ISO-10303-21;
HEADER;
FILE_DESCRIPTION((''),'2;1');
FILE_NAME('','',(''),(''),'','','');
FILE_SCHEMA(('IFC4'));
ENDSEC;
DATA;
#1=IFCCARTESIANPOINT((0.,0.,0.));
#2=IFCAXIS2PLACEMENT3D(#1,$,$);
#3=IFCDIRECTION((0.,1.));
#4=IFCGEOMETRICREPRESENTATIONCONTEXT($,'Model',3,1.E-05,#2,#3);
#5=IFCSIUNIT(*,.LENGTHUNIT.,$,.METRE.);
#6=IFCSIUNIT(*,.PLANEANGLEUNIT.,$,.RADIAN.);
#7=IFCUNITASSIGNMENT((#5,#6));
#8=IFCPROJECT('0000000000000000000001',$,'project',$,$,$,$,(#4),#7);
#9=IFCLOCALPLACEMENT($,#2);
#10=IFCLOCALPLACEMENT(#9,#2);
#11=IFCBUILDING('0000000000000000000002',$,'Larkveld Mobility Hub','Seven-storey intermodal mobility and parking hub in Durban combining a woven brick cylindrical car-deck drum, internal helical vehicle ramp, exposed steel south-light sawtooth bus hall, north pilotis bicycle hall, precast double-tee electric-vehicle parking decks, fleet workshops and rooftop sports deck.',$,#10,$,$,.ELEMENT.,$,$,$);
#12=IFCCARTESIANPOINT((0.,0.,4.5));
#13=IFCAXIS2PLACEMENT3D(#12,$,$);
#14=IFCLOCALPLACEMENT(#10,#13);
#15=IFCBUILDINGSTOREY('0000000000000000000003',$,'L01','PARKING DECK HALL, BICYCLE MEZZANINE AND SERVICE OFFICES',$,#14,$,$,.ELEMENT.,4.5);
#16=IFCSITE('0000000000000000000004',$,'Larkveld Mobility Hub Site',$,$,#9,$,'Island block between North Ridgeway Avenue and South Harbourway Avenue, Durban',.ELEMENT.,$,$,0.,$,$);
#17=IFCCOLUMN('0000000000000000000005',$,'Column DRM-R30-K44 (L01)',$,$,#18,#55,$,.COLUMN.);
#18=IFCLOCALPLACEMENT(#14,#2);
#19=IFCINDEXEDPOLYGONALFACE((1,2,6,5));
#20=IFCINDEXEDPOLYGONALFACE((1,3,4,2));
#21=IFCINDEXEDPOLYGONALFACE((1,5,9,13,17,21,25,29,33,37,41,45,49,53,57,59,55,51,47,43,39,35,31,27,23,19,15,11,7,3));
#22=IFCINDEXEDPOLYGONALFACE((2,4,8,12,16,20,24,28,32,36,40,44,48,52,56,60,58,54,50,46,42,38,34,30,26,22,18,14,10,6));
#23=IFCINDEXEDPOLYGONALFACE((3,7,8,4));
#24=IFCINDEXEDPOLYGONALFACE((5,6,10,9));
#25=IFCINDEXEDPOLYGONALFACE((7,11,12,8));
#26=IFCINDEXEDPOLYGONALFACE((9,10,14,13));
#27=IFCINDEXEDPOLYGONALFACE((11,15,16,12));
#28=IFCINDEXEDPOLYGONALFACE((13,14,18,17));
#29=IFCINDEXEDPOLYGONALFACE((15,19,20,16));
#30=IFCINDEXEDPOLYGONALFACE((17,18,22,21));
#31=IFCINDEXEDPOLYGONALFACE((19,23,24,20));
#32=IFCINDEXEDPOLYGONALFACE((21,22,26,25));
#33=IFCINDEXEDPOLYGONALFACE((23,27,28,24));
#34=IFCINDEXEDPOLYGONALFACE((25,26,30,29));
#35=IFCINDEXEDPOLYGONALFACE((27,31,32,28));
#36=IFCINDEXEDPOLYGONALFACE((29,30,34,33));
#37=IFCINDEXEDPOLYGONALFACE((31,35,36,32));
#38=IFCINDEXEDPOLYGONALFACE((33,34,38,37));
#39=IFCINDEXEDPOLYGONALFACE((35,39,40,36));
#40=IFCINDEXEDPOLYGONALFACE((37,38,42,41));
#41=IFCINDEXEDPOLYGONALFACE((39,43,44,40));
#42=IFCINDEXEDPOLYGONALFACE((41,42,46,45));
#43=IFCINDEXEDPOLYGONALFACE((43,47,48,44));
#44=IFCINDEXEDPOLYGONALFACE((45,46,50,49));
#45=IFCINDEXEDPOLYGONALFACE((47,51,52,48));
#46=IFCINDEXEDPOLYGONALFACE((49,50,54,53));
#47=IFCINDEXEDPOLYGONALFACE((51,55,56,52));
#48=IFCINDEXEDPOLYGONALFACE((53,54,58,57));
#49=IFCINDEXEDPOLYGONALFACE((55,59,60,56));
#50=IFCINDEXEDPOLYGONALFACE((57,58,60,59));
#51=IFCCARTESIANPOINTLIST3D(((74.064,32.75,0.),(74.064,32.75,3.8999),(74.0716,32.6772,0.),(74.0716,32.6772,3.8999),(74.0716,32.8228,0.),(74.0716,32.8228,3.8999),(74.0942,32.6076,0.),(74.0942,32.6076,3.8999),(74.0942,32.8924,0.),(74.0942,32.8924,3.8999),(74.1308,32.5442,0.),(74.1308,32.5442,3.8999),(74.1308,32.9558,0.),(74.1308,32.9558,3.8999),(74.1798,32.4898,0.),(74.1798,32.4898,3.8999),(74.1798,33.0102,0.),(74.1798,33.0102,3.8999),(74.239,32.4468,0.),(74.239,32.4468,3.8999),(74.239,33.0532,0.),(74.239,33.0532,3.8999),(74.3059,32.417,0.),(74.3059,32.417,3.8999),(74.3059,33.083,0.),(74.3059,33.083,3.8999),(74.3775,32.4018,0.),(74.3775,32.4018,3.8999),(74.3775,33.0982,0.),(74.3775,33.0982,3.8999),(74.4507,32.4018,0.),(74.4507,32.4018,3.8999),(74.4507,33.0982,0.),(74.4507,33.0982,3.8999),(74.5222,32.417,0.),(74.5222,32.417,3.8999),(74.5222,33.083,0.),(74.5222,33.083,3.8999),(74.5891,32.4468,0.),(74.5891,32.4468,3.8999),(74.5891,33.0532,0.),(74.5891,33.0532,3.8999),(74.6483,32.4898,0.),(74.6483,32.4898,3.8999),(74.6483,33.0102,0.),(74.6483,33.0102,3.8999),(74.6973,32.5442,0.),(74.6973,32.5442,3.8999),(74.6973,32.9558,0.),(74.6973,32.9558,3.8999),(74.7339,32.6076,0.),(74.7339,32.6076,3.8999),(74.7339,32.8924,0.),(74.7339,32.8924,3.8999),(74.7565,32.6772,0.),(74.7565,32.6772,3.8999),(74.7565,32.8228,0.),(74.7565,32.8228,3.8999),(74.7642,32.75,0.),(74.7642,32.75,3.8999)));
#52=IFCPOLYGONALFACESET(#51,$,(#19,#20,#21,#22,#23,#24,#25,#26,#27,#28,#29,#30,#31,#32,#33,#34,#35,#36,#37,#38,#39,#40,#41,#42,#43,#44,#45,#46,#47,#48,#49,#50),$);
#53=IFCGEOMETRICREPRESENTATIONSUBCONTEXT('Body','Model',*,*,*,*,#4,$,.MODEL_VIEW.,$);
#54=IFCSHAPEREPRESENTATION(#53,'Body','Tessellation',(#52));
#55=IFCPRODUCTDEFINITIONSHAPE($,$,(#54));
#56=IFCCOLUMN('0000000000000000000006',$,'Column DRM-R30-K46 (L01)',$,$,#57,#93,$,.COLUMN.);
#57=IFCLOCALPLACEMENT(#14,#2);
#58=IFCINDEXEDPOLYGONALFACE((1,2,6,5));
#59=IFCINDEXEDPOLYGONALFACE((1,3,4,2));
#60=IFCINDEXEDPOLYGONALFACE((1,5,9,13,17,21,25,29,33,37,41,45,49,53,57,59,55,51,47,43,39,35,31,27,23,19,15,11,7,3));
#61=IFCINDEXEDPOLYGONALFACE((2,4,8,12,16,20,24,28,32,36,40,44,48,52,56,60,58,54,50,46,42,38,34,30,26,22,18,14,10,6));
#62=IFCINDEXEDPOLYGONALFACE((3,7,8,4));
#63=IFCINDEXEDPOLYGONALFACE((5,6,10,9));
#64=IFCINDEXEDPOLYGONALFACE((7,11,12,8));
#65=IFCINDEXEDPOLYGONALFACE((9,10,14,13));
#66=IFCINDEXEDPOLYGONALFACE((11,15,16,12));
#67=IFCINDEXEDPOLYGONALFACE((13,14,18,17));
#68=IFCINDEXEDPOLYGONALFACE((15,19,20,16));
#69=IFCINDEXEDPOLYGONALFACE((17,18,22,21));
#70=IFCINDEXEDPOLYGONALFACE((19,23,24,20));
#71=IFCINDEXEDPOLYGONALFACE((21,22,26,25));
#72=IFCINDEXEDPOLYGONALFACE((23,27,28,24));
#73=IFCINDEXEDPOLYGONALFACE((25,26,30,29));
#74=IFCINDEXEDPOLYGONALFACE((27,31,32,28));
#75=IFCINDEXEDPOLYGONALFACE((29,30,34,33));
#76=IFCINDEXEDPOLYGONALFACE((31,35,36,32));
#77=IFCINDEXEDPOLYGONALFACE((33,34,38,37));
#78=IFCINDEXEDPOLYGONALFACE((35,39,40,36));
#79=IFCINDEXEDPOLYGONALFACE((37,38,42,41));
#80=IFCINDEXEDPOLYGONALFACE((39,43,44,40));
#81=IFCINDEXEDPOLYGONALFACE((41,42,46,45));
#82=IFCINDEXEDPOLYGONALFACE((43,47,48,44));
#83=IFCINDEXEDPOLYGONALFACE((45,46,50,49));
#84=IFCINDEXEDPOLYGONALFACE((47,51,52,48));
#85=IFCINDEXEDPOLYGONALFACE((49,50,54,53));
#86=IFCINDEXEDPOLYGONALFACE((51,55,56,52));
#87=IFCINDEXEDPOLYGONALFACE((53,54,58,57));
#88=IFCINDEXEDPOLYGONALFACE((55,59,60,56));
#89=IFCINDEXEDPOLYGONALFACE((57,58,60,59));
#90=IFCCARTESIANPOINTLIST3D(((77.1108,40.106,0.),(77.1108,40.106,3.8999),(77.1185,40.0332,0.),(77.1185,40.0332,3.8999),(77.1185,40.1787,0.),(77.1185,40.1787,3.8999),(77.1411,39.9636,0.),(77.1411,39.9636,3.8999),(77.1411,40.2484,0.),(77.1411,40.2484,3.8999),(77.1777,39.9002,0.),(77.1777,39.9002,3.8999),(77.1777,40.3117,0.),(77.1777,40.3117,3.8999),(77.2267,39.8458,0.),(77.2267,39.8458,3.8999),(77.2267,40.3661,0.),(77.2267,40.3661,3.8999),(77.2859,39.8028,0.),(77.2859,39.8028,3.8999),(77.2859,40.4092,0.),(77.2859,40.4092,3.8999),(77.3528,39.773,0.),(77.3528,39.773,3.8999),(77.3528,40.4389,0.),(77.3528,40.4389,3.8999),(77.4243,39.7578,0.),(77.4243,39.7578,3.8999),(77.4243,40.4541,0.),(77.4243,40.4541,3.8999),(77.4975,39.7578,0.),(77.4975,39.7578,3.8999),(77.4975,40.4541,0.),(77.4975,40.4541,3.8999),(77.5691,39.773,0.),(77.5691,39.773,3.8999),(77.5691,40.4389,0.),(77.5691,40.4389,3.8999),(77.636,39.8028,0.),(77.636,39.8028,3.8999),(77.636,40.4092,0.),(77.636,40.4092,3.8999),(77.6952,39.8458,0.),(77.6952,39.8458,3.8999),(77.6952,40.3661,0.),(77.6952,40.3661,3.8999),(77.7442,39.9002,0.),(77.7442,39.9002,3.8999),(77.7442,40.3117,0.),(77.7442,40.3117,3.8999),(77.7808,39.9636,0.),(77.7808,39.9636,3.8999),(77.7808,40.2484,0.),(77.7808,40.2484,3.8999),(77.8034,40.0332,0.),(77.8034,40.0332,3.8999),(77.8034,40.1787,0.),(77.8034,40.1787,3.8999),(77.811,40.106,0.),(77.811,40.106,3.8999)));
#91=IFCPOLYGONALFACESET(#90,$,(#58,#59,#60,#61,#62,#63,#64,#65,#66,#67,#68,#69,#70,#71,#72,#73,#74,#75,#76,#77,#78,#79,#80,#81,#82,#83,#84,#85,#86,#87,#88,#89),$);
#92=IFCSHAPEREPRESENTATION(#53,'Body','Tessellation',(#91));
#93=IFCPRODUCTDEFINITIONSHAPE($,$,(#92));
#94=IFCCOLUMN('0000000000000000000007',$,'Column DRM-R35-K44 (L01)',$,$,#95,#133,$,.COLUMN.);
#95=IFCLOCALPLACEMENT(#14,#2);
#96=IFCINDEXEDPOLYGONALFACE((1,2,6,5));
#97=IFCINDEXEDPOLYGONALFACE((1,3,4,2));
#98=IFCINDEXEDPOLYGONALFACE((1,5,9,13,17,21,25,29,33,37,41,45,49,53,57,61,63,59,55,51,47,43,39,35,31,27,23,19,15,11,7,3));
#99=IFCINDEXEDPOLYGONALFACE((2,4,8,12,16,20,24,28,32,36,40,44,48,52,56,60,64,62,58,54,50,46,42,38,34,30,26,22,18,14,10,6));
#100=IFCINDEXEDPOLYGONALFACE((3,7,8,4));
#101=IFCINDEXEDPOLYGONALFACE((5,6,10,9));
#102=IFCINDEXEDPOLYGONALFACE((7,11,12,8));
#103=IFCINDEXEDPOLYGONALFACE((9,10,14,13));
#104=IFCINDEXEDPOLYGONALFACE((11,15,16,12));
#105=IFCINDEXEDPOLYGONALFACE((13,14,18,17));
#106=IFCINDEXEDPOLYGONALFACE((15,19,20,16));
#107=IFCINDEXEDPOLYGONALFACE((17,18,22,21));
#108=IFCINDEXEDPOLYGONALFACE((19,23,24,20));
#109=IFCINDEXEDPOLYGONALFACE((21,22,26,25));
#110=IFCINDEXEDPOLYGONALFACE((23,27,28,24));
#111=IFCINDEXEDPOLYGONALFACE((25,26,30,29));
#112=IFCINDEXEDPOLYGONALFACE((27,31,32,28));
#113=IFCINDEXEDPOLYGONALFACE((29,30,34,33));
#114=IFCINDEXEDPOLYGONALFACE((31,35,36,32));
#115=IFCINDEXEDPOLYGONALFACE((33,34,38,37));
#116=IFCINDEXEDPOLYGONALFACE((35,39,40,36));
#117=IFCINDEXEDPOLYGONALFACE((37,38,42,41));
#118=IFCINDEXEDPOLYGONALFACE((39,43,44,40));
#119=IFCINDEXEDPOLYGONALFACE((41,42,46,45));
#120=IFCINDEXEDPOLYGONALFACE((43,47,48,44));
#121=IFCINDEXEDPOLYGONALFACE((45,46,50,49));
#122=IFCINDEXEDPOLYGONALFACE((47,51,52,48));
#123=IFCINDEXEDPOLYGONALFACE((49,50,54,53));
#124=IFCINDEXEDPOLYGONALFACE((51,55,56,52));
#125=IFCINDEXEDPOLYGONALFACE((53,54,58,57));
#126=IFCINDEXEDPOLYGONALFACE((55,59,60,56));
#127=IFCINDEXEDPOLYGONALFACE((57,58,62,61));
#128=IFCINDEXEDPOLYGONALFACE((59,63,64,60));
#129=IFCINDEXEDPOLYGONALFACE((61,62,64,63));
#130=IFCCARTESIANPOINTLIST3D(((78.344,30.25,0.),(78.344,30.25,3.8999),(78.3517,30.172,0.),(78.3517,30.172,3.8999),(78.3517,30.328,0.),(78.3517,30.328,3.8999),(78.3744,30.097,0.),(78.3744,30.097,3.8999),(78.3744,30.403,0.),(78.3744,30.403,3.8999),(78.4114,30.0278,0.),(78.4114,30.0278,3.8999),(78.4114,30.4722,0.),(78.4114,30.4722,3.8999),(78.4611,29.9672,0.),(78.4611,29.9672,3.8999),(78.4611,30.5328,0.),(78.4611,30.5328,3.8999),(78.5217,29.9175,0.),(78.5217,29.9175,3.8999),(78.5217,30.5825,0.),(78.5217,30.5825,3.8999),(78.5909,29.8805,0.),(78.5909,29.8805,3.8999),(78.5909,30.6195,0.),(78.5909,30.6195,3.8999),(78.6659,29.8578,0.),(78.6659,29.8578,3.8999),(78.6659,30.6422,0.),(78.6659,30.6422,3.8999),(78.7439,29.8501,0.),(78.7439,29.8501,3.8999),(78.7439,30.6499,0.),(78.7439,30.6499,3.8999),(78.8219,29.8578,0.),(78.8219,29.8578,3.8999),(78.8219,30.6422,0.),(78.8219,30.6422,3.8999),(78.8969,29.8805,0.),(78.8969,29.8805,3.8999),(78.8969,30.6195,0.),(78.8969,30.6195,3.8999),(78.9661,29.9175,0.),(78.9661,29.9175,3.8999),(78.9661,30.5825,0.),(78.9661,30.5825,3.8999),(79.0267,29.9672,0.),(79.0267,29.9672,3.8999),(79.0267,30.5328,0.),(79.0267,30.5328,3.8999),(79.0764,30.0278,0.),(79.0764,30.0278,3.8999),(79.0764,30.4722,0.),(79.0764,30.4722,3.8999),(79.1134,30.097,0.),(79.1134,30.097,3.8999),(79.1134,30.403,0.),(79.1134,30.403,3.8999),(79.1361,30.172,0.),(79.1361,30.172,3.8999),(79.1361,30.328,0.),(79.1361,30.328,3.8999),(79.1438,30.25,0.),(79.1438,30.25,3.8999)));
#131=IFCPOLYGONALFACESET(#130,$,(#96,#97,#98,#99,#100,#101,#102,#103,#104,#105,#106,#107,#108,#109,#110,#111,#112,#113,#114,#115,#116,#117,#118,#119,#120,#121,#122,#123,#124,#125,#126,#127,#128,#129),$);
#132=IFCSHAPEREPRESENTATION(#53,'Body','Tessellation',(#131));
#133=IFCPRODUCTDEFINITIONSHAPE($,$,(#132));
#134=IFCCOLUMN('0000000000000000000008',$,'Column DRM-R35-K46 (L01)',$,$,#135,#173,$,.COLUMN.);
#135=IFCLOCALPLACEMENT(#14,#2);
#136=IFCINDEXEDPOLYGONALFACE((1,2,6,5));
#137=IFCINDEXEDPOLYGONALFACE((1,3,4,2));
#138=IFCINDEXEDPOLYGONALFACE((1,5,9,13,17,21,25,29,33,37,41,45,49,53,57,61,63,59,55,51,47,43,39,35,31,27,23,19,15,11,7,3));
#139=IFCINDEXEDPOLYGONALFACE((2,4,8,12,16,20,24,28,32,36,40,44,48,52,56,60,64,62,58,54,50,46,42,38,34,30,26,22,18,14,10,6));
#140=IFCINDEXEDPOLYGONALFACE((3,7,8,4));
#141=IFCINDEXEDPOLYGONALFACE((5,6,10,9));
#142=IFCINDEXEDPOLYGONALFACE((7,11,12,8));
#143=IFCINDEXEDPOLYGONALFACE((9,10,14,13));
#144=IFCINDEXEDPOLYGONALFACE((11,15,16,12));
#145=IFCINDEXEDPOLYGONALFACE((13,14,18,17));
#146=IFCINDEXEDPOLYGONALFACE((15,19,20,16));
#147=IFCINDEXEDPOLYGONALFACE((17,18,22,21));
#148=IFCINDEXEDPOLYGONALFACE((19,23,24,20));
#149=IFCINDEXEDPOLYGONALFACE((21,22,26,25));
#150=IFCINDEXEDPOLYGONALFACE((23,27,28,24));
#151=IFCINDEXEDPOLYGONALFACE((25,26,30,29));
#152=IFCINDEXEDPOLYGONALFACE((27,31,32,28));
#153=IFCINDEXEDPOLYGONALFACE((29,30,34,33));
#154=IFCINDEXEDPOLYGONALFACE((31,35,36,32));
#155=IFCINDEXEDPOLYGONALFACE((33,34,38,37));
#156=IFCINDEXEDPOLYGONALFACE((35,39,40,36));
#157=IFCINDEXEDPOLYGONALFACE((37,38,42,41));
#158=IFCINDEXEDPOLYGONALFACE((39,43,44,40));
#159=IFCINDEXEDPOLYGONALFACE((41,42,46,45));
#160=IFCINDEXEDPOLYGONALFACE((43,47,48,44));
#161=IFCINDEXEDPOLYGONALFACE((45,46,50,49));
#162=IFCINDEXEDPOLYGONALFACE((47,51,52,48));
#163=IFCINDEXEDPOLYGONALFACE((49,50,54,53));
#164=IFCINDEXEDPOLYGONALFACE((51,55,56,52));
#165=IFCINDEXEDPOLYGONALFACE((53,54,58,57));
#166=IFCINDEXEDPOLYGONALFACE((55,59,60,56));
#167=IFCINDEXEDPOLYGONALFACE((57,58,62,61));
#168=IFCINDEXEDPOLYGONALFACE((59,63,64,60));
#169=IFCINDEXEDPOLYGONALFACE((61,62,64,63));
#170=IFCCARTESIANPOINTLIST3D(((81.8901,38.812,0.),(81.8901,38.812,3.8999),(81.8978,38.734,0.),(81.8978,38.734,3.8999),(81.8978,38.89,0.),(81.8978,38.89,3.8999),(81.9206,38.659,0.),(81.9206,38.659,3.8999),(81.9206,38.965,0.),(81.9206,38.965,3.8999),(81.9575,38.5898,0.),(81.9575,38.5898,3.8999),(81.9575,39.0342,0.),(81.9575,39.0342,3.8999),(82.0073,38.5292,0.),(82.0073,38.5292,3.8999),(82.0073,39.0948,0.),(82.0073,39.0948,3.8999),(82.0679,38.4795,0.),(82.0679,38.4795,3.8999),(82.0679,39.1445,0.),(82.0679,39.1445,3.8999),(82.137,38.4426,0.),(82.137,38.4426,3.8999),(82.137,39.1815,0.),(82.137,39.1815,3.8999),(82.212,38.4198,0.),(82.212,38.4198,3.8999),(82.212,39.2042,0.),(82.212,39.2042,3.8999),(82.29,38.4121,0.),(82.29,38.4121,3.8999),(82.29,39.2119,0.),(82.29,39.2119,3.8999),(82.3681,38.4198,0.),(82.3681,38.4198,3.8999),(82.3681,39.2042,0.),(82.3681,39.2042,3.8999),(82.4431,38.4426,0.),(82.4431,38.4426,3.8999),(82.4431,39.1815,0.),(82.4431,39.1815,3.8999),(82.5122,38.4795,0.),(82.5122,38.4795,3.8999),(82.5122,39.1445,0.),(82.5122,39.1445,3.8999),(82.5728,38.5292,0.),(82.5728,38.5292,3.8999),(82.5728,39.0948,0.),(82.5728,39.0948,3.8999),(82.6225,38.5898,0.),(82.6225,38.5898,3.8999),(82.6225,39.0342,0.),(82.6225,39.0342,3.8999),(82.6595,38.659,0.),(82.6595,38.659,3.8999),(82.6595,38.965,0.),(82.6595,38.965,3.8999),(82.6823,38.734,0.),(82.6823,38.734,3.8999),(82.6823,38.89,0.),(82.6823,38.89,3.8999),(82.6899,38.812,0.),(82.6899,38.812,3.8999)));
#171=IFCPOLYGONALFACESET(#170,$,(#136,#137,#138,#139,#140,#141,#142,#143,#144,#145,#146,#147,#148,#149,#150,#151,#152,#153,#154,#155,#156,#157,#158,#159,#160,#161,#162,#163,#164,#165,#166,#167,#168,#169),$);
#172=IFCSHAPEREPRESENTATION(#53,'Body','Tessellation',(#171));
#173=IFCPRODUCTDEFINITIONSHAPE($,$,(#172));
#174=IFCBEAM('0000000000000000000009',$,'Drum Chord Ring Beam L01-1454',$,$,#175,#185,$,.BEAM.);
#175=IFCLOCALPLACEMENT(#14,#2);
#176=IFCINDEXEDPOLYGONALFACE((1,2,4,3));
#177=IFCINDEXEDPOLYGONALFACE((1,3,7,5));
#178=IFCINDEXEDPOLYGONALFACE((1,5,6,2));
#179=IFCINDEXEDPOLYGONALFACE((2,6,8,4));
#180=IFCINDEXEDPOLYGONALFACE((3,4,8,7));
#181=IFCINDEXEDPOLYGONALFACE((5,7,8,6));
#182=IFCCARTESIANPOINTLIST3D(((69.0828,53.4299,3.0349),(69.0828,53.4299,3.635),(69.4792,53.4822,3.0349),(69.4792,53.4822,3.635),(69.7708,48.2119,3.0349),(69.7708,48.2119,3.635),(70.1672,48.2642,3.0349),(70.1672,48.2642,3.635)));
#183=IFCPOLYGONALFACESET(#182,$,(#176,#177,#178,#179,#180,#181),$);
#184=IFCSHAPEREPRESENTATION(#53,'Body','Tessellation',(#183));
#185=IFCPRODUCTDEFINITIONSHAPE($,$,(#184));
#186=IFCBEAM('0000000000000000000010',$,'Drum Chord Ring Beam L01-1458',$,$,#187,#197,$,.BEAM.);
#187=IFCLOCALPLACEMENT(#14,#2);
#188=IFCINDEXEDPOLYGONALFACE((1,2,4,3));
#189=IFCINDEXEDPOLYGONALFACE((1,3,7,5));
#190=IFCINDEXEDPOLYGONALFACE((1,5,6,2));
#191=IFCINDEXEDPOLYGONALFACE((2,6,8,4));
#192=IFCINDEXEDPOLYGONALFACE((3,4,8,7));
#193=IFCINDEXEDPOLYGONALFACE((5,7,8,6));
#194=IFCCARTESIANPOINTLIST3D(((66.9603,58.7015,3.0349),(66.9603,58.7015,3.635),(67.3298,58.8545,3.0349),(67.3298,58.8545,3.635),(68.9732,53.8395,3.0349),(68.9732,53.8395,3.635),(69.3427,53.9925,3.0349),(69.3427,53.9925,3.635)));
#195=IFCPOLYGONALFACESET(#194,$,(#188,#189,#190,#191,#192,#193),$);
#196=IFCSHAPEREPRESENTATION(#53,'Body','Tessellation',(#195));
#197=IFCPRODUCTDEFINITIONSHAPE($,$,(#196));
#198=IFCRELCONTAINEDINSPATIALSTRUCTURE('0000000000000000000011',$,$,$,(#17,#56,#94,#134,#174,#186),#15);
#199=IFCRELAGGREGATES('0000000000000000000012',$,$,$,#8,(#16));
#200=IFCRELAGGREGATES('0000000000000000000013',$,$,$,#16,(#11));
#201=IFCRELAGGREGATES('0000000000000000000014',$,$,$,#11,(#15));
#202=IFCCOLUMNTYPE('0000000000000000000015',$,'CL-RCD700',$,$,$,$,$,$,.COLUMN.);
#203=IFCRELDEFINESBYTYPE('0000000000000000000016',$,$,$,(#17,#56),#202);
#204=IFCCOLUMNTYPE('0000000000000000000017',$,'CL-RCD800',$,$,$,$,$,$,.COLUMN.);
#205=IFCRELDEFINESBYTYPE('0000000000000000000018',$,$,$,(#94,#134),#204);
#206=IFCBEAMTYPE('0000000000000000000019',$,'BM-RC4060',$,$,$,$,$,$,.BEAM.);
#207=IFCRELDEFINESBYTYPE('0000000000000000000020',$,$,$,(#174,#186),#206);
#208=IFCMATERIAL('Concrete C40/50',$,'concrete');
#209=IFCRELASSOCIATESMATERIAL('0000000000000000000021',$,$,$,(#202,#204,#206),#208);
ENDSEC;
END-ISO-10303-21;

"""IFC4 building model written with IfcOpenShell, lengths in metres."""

from ifc_helpers import new_model, si_unit, direction, frame, origin, origin_2d, place, context, subcontext, project, spatial, rectangle, circle, extrude, material, material_profile, profile_set, type_object, element, save


model = new_model("IFC4")

# Units and contexts
model_context = context("Model", 3, precision=1e-05, world=origin(), true_north=direction((0.0, 1.0)))
body_context = subcontext(model_context, "Body", "Model", "MODEL_VIEW")
ifc_project = project(units=[si_unit("LENGTHUNIT", "METRE"), si_unit("PLANEANGLEUNIT", "RADIAN")], contexts=[model_context])

# Site, building, storey
site_placement = place(None, origin())
site = spatial("IfcSite", under=ifc_project, at=site_placement, Name="Larkveld Mobility Hub Site", LongName="Island block between North Ridgeway Avenue and South Harbourway Avenue, Durban", CompositionType="ELEMENT", RefElevation=0.0)
building_placement = place(site_placement, origin())
building = spatial("IfcBuilding", under=site, at=building_placement, Name="Larkveld Mobility Hub", Description="Seven-storey intermodal mobility and parking hub in Durban combining a woven brick cylindrical car-deck drum, internal helical vehicle ramp, exposed steel south-light sawtooth bus hall, north pilotis bicycle hall, precast double-tee electric-vehicle parking decks, fleet workshops and rooftop sports deck.", CompositionType="ELEMENT")
storey_placement = place(building_placement, frame((0.0, 0.0, 4.5)))
storey = spatial("IfcBuildingStorey", under=building, at=storey_placement, Name="L01", Description="PARKING DECK HALL, BICYCLE MEZZANINE AND SERVICE OFFICES", CompositionType="ELEMENT", Elevation=4.5)

# Columns
ifc_material_1 = material(Name="Concrete C40/50", Category="concrete")
ifc_material_profile_1 = material_profile(ifc_material_1, circle(Radius=0.3501, at=origin_2d()), Name="RC COL D700")
ifc_profile_set_1 = profile_set([ifc_material_profile_1], Name="Concrete C40/50")
column_type_1 = type_object("IfcColumnType", Name="CL-RCD700", PredefinedType="COLUMN", material=ifc_profile_set_1)
for number, where, z_axis, x_axis, name in (
    (1, (74.4141, 32.75, 0.0), (0.0, 0.0, 1.0), (1.0, 0.0, 0.0), "Column DRM-R30-K44 (L01)"),
    (2, (77.4609, 40.106, 0.0), (0.0, 0.0, 1.0), (1.0, 0.0, 0.0), "Column DRM-R30-K46 (L01)"),
):
    element("IfcColumn", number, at=place(storey_placement, frame(where, z_axis=z_axis, x_axis=x_axis)), inside=storey, type_object=column_type_1, Name=name, PredefinedType="COLUMN", context=body_context, shape_type="SweptSolid", body=[
        extrude(circle(Radius=0.3501, at=origin_2d()), origin(), (0.0, 0.0, 1.0), 3.8999),
    ])
ifc_material_profile_2 = material_profile(ifc_material_1, circle(Radius=0.3999, at=origin_2d()), Name="RC COL D800")
ifc_profile_set_2 = profile_set([ifc_material_profile_2], Name="Concrete C40/50")
column_type_2 = type_object("IfcColumnType", Name="CL-RCD800", PredefinedType="COLUMN", material=ifc_profile_set_2)
for number, where, z_axis, x_axis, name in (
    (3, (78.7439, 30.25, 0.0), (0.0, 0.0, 1.0), (1.0, 0.0, 0.0), "Column DRM-R35-K44 (L01)"),
    (4, (82.29, 38.812, 0.0), (0.0, 0.0, 1.0), (1.0, 0.0, 0.0), "Column DRM-R35-K46 (L01)"),
):
    element("IfcColumn", number, at=place(storey_placement, frame(where, z_axis=z_axis, x_axis=x_axis)), inside=storey, type_object=column_type_2, Name=name, PredefinedType="COLUMN", context=body_context, shape_type="SweptSolid", body=[
        extrude(circle(Radius=0.3999, at=origin_2d()), origin(), (0.0, 0.0, 1.0), 3.8999),
    ])

# Beams
ifc_material_profile_3 = material_profile(ifc_material_1, rectangle(XDim=0.3999, YDim=0.6001, at=origin_2d()), Name="RC BM 400x600")
ifc_profile_set_3 = profile_set([ifc_material_profile_3], Name="Concrete C40/50")
beam_type_1 = type_object("IfcBeamType", Name="BM-RC4060", PredefinedType="BEAM", material=ifc_profile_set_3)
beam_1_placement = place(storey_placement, frame((69.969, 48.238, 3.335), z_axis=(-0.130717, 0.99142, 0.0), x_axis=(-0.99142, -0.130717, 0.0)))
element("IfcBeam", 5, at=beam_1_placement, inside=storey, type_object=beam_type_1, Name="Drum Chord Ring Beam L01-1454", PredefinedType="BEAM", context=body_context, shape_type="SweptSolid", body=[
    extrude(rectangle(XDim=0.3999, YDim=0.6001, at=origin_2d()), origin(), (0.0, 0.0, 1.0), 5.2632),
])
beam_2_placement = place(storey_placement, frame((69.158, 53.916, 3.335), z_axis=(-0.382523, 0.923946, 0.0), x_axis=(-0.923946, -0.382523, 0.0)))
element("IfcBeam", 6, at=beam_2_placement, inside=storey, type_object=beam_type_1, Name="Drum Chord Ring Beam L01-1458", PredefinedType="BEAM", context=body_context, shape_type="SweptSolid", body=[
    extrude(rectangle(XDim=0.3999, YDim=0.6001, at=origin_2d()), origin(), (0.0, 0.0, 1.0), 5.2622),
])

save(model, "model.ifc")
